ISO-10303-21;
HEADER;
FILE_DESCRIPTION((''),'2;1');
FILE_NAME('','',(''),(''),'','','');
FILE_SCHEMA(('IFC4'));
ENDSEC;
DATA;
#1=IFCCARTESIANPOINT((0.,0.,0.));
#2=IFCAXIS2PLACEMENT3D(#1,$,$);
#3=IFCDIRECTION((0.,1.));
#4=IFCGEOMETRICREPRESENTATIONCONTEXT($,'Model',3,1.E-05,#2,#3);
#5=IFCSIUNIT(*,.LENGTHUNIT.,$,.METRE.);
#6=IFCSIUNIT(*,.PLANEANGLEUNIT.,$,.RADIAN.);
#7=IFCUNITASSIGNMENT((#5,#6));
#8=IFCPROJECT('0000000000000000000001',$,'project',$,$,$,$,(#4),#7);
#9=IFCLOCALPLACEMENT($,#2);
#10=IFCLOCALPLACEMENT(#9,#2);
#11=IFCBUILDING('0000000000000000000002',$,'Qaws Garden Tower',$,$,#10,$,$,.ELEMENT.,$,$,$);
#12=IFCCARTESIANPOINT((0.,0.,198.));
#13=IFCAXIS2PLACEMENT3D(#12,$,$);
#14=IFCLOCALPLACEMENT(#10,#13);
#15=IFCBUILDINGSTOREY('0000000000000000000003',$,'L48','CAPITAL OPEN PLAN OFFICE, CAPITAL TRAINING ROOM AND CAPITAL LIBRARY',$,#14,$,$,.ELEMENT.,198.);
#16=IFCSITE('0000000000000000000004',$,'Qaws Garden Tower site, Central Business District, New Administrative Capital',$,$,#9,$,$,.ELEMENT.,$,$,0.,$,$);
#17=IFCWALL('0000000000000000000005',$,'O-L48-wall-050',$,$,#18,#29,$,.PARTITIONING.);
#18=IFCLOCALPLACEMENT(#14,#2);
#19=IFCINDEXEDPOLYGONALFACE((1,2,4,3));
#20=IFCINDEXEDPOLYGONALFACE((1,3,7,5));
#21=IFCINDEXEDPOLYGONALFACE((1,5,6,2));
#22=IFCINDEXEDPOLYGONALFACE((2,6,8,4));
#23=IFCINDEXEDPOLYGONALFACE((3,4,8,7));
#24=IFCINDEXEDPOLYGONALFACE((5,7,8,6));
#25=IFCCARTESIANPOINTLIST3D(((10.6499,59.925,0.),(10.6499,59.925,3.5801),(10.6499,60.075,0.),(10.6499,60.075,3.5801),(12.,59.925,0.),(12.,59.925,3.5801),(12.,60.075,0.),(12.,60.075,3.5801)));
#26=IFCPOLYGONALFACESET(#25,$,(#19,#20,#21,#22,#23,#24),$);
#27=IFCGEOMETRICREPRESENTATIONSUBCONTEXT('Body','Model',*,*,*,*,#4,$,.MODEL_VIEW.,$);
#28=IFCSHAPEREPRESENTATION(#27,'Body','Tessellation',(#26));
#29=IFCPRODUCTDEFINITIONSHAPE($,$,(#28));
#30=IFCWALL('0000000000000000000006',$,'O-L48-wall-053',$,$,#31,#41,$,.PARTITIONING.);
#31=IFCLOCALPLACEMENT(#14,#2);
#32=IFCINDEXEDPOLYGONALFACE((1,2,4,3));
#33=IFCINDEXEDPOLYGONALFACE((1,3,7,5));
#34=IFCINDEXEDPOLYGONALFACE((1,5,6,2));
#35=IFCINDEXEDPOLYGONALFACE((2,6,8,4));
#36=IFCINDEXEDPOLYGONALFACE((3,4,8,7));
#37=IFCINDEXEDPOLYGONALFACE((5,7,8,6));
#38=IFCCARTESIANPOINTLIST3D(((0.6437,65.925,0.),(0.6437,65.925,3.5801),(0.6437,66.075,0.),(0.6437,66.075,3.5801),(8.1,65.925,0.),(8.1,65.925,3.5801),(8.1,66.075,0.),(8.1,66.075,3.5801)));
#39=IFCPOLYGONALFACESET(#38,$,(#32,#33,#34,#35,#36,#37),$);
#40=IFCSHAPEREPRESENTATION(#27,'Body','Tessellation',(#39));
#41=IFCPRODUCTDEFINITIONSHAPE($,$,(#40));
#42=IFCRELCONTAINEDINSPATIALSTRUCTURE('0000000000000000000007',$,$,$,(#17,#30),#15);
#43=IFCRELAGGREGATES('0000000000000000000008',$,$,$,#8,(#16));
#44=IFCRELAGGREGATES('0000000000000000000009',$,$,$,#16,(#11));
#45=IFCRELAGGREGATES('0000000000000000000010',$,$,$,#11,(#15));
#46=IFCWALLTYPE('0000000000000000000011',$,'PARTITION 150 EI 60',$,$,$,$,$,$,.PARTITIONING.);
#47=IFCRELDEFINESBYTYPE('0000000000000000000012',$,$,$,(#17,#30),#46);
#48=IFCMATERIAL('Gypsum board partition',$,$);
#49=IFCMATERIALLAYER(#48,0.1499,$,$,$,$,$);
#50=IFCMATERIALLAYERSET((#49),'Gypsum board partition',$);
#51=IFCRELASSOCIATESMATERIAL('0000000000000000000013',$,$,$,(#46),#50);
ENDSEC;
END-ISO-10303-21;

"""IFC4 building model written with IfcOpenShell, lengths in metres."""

from ifc_helpers import new_model, si_unit, direction, frame, frame_2d, origin, place, context, subcontext, project, spatial, rectangle, extrude, material, layer, layer_set, type_object, element, save


model = new_model("IFC4")

# Units and contexts
model_context = context("Model", 3, precision=1e-05, world=origin(), true_north=direction((0.0, 1.0)))
body_context = subcontext(model_context, "Body", "Model", "MODEL_VIEW")
ifc_project = project(units=[si_unit("LENGTHUNIT", "METRE"), si_unit("PLANEANGLEUNIT", "RADIAN")], contexts=[model_context])

# Site, building, storey
site_placement = place(None, origin())
site = spatial("IfcSite", under=ifc_project, at=site_placement, Name="Qaws Garden Tower site, Central Business District, New Administrative Capital", CompositionType="ELEMENT", RefElevation=0.0)
building_placement = place(site_placement, origin())
building = spatial("IfcBuilding", under=site, at=building_placement, Name="Qaws Garden Tower", CompositionType="ELEMENT")
storey_placement = place(building_placement, frame((0.0, 0.0, 198.0)))
storey = spatial("IfcBuildingStorey", under=building, at=storey_placement, Name="L48", Description="CAPITAL OPEN PLAN OFFICE, CAPITAL TRAINING ROOM AND CAPITAL LIBRARY", CompositionType="ELEMENT", Elevation=198.0)

# Shared definitions
ifc_material_1 = material(Name="Gypsum board partition")
ifc_layer_1 = layer(ifc_material_1, 0.1499)
ifc_layer_set_1 = layer_set([ifc_layer_1], Name="Gypsum board partition")
wall_type_1 = type_object("IfcWallType", Name="PARTITION 150 EI 60", PredefinedType="PARTITIONING", material=ifc_layer_set_1)

# Walls
wall_1_placement = place(storey_placement, frame((10.6499, 60.0, 0.0), z_axis=(0.0, 0.0, 1.0), x_axis=(1.0, 0.0, 0.0)))
element("IfcWall", 1, at=wall_1_placement, inside=storey, type_object=wall_type_1, Name="O-L48-wall-050", PredefinedType="PARTITIONING", context=body_context, shape_type="SweptSolid", body=[
    extrude(rectangle(XDim=1.3501, YDim=0.1499, at=frame_2d((0.675, 0.0))), origin(), (0.0, 0.0, 1.0), 3.5801),
])
wall_2_placement = place(storey_placement, frame((0.6438, 66.0, 0.0), z_axis=(0.0, 0.0, 1.0), x_axis=(1.0, 0.0, 0.0)))
element("IfcWall", 2, at=wall_2_placement, inside=storey, type_object=wall_type_1, Name="O-L48-wall-053", PredefinedType="PARTITIONING", context=body_context, shape_type="SweptSolid", body=[
    extrude(rectangle(XDim=7.4563, YDim=0.1499, at=frame_2d((3.728, 0.0))), origin(), (0.0, 0.0, 1.0), 3.5801),
])

save(model, "model.ifc")
